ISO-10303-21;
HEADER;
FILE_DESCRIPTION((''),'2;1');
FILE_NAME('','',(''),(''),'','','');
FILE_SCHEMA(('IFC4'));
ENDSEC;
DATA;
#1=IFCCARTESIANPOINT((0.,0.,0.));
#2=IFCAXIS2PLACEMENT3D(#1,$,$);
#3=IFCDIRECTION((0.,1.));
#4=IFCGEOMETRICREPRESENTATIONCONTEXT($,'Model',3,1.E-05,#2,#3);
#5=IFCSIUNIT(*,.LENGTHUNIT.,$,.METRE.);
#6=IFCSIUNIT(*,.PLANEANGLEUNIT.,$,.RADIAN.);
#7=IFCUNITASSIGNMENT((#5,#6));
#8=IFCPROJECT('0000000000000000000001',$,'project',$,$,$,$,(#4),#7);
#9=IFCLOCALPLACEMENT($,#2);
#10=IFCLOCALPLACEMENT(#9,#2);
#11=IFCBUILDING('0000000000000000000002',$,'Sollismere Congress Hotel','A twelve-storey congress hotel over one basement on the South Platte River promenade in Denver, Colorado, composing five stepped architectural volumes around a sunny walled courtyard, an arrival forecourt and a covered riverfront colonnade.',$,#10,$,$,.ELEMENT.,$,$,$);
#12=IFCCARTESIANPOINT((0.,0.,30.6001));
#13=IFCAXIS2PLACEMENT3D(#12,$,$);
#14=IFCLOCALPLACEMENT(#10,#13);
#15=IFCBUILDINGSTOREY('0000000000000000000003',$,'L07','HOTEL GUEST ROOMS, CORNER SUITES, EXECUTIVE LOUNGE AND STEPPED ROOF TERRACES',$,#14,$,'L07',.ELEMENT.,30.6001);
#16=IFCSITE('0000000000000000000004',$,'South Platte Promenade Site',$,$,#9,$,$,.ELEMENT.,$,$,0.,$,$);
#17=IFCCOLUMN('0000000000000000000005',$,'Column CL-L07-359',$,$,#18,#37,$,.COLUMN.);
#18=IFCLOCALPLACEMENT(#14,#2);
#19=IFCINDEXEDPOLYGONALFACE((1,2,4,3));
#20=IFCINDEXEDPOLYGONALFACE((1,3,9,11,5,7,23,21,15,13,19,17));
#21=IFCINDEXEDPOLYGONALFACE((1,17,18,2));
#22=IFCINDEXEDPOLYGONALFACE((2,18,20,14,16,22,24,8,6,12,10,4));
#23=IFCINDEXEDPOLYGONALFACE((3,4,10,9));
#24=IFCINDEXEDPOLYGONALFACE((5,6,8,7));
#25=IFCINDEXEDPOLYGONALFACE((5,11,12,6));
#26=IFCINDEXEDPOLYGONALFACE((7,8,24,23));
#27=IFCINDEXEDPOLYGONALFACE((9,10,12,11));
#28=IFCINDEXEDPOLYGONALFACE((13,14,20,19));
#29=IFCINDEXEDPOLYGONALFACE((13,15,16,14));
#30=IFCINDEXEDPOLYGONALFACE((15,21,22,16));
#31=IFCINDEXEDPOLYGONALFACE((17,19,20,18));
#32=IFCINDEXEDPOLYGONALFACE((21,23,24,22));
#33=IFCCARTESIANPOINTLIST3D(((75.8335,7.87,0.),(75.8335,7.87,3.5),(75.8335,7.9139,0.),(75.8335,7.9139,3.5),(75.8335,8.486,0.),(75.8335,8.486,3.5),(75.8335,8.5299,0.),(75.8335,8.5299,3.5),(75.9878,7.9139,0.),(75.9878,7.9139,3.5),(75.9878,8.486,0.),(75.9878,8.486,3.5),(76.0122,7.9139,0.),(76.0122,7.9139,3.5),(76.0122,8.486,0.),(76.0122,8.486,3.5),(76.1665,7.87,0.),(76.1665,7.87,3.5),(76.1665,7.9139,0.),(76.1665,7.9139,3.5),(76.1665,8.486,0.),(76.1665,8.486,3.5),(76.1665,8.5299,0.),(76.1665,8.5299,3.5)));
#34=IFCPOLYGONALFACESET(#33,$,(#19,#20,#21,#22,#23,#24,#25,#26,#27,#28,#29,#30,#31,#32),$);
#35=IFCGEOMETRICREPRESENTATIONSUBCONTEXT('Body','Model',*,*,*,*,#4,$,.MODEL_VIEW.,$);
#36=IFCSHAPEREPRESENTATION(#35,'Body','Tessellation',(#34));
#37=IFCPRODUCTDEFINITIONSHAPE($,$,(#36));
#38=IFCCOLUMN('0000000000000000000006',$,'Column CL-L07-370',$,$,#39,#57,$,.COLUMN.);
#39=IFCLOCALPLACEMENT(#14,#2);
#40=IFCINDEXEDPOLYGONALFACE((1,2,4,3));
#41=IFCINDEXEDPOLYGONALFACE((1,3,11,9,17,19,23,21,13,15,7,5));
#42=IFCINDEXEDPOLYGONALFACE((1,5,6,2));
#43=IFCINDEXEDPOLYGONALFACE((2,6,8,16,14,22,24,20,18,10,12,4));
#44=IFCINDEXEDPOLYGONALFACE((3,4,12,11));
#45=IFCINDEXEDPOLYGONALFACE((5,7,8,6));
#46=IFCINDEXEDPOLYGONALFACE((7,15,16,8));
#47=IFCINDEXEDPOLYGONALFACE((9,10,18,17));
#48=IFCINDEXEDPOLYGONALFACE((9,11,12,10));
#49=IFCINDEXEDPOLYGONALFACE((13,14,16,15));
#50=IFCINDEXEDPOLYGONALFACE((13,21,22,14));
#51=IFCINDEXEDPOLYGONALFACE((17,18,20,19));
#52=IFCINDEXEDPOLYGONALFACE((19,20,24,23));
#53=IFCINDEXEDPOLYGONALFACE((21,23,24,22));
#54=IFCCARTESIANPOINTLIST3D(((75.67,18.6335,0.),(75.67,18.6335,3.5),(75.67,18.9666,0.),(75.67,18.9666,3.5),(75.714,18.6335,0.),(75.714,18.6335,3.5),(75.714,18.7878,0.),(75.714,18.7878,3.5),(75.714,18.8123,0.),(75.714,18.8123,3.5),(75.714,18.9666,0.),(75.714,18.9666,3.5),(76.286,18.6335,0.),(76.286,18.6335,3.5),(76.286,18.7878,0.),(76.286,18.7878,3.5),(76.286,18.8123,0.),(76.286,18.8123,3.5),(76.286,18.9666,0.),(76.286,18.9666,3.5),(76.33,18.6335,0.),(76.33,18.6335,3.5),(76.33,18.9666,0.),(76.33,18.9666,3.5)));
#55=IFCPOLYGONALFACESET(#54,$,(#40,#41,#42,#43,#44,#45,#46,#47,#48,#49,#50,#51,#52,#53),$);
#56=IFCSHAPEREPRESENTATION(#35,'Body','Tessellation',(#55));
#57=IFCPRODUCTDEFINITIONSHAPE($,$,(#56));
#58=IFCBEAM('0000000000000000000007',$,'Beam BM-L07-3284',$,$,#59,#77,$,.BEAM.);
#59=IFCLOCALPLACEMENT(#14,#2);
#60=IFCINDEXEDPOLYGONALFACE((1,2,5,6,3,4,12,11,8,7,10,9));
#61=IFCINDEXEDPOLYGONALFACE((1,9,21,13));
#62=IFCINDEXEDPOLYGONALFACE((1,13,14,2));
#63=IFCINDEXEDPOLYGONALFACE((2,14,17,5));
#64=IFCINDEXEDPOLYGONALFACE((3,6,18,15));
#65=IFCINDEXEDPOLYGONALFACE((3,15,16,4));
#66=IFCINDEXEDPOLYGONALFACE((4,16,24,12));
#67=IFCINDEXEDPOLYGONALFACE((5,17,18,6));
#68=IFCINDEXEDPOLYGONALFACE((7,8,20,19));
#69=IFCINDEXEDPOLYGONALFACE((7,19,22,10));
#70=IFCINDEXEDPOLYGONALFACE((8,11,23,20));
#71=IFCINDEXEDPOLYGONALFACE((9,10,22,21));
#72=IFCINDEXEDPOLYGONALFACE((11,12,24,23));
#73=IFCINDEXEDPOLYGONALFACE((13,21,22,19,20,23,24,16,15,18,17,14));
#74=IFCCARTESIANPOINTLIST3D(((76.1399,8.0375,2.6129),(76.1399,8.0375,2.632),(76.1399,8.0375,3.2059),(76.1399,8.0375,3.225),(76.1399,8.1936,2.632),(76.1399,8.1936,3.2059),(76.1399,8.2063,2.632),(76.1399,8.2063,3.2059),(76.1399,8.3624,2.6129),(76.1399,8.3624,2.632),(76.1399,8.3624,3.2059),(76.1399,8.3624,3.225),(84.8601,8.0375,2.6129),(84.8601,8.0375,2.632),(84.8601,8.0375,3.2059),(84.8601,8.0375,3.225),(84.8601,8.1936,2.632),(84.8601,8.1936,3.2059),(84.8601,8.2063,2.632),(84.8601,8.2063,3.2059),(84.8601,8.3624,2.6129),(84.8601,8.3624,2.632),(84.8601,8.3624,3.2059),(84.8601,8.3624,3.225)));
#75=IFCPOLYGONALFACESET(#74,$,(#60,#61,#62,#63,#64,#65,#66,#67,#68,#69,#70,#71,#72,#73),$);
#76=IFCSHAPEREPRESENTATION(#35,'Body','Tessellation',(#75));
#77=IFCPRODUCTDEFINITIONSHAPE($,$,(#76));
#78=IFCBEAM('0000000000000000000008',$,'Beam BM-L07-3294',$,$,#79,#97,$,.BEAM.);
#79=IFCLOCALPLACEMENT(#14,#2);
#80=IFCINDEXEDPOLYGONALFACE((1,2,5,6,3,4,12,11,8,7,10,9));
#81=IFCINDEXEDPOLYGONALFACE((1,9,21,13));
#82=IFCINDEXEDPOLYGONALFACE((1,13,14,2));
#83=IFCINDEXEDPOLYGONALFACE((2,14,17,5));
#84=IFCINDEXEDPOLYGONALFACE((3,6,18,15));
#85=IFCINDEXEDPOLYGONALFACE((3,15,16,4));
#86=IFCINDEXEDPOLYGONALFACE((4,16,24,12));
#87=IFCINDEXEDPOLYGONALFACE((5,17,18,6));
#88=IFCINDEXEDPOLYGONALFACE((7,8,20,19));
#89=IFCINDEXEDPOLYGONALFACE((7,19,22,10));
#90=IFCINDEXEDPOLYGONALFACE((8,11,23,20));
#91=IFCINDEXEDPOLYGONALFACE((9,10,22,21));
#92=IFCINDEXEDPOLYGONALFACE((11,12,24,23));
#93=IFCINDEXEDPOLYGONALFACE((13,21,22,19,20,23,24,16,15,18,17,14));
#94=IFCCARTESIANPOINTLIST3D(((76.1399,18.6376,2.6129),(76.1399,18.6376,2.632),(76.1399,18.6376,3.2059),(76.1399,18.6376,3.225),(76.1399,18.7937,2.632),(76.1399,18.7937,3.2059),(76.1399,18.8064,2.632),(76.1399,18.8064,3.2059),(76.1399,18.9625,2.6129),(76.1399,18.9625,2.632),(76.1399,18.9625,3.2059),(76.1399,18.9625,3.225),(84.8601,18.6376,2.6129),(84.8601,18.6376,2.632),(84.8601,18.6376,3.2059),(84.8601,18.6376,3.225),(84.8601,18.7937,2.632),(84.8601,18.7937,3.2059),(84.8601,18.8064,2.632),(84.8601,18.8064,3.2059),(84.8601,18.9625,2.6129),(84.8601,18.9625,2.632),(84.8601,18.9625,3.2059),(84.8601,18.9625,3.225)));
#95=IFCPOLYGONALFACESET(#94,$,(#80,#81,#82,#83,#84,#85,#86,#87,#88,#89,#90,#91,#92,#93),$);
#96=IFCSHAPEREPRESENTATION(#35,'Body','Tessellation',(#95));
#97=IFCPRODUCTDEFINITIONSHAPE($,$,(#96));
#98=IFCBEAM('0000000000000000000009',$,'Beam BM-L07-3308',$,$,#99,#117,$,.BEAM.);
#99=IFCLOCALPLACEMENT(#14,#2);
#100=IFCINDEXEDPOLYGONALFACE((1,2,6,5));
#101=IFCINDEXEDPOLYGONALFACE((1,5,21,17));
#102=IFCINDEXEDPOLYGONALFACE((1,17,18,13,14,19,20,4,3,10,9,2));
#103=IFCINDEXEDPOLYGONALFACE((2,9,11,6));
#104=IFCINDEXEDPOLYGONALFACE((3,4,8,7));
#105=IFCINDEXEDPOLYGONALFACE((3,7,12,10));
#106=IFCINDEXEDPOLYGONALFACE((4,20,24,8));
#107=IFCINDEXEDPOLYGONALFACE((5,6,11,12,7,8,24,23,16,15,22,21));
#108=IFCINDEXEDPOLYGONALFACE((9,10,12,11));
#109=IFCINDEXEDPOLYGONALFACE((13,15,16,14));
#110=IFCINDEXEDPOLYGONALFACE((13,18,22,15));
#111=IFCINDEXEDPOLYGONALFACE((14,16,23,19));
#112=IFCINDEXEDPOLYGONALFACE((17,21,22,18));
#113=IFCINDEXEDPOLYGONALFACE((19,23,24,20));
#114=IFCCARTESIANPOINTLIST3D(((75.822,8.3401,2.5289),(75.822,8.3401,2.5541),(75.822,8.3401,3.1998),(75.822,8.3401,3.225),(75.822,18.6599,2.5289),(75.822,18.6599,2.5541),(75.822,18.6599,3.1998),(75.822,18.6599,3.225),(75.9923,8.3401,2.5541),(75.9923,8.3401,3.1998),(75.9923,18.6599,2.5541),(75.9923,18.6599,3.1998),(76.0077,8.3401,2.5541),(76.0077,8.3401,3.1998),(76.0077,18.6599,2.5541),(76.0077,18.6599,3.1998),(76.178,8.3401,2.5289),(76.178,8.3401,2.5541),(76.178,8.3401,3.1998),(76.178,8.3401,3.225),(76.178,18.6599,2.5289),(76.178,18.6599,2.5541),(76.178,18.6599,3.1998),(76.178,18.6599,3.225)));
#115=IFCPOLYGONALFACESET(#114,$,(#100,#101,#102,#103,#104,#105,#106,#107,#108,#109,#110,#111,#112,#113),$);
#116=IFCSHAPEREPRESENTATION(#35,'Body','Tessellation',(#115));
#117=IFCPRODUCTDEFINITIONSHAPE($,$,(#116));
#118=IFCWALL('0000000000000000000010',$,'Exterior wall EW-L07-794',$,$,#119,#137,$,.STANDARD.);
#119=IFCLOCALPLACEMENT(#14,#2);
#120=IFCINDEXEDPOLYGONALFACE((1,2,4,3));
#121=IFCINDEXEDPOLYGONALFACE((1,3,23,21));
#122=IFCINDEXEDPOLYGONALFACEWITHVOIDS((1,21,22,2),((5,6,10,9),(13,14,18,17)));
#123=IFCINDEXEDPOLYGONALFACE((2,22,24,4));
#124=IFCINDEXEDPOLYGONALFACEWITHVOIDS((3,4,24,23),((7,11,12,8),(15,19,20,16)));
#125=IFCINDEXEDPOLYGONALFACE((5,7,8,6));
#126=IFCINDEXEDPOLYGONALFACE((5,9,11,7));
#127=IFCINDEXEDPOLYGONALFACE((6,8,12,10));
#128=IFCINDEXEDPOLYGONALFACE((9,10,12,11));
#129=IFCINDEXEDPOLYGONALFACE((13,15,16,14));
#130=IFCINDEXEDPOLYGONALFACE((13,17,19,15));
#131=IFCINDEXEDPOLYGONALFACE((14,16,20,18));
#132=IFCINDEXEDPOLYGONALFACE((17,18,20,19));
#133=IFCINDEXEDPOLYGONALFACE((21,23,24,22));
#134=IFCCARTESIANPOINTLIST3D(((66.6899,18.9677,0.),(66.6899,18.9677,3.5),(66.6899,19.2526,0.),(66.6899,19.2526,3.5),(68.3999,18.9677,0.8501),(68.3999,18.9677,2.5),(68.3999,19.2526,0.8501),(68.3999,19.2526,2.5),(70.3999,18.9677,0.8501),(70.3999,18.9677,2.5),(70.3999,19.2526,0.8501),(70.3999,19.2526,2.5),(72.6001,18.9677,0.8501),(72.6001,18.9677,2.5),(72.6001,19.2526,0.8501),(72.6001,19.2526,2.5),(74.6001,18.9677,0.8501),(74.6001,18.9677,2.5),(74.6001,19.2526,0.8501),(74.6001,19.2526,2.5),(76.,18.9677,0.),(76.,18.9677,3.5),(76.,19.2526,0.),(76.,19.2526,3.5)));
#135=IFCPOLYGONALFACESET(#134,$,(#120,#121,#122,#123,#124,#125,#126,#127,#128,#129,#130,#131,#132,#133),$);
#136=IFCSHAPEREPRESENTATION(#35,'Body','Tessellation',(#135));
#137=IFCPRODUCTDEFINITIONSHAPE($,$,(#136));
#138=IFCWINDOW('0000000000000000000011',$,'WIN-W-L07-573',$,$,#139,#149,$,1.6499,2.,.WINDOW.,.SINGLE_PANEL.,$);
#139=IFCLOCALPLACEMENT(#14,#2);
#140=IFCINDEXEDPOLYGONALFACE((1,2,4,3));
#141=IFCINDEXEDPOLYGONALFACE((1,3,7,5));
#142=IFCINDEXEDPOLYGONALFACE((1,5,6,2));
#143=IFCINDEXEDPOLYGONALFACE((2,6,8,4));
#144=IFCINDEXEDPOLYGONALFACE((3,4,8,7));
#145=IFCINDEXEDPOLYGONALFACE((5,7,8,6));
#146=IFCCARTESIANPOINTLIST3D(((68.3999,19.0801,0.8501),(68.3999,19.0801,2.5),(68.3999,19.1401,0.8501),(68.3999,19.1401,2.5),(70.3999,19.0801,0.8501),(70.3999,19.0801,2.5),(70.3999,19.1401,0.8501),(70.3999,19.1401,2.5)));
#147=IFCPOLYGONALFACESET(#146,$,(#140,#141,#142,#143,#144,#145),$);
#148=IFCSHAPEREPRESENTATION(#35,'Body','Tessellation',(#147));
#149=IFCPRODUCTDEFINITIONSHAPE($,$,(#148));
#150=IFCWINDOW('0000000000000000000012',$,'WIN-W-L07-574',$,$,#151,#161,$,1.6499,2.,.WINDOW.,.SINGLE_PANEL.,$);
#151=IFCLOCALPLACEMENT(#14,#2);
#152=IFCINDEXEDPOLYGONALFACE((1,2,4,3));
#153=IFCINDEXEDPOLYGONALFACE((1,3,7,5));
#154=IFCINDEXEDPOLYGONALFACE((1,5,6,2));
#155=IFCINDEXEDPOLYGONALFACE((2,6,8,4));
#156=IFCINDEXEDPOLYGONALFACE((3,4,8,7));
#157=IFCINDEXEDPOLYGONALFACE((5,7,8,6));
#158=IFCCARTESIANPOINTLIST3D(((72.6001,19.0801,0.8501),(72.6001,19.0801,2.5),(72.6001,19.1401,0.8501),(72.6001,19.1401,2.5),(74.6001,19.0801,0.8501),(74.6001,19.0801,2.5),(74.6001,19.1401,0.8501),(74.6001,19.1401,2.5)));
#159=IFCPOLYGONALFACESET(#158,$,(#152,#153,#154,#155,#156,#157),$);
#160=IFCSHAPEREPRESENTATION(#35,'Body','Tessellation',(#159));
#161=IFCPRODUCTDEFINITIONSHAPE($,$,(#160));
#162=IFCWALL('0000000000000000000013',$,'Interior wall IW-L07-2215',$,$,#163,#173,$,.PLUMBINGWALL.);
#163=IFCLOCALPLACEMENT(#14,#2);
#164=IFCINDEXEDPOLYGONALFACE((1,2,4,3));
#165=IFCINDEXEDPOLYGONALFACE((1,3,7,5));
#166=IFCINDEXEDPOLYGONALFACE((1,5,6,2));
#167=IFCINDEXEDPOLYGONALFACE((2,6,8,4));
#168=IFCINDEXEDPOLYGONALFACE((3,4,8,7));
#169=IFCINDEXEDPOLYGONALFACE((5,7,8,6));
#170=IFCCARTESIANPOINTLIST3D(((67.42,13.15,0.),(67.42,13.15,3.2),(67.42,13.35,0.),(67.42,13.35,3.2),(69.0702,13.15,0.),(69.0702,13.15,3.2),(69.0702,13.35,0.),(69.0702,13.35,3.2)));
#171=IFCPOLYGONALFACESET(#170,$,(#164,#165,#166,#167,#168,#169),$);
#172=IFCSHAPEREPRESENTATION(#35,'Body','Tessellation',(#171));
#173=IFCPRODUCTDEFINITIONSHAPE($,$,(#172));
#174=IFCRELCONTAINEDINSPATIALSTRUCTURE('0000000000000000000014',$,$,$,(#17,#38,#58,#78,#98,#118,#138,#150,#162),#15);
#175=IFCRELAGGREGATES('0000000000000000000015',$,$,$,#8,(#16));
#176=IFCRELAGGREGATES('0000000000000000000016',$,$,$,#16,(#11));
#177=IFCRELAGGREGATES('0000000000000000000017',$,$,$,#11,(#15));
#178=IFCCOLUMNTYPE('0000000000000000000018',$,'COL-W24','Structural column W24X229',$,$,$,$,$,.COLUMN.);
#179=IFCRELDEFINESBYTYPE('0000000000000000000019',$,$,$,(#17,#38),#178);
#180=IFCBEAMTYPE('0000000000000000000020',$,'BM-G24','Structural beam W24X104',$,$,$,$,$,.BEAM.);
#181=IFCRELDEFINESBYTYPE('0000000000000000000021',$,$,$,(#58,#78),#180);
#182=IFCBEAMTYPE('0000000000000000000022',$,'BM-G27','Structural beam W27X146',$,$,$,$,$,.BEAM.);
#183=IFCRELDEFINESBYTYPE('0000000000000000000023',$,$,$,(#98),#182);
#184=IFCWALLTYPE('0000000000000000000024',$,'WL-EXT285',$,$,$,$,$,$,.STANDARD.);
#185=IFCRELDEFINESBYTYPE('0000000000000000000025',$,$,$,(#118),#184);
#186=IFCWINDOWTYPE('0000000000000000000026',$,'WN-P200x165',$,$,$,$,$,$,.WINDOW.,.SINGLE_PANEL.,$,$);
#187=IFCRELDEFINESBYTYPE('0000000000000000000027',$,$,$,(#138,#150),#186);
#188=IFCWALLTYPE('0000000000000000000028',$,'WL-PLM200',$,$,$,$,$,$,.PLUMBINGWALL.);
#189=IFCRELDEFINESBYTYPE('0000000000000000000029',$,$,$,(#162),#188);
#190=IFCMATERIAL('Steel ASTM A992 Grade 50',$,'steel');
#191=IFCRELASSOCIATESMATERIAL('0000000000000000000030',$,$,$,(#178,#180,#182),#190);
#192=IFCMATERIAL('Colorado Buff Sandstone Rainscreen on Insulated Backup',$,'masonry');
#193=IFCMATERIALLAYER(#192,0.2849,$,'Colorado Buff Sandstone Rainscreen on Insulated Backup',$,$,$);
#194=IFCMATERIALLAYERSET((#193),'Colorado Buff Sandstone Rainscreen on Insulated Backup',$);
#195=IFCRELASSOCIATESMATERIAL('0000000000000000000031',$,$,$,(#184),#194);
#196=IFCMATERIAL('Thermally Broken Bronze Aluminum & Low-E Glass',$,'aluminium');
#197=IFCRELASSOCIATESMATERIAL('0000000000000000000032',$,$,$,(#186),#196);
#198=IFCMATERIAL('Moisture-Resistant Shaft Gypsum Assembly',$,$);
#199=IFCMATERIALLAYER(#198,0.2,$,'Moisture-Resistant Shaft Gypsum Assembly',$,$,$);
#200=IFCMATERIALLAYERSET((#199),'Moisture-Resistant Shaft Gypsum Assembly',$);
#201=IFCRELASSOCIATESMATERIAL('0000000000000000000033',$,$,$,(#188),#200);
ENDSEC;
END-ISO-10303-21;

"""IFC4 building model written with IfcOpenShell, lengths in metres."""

from ifc_helpers import new_model, si_unit, direction, frame, frame_2d, origin, origin_2d, place, context, subcontext, project, spatial, rectangle, i_section, extrude, material, layer, layer_set, material_profile, profile_set, type_object, element, fill, save


model = new_model("IFC4")

# Units and contexts
model_context = context("Model", 3, precision=1e-05, world=origin(), true_north=direction((0.0, 1.0)))
body_context = subcontext(model_context, "Body", "Model", "MODEL_VIEW")
ifc_project = project(units=[si_unit("LENGTHUNIT", "METRE"), si_unit("PLANEANGLEUNIT", "RADIAN")], contexts=[model_context])

# Site, building, storey
site_placement = place(None, origin())
site = spatial("IfcSite", under=ifc_project, at=site_placement, Name="South Platte Promenade Site", CompositionType="ELEMENT", RefElevation=0.0)
building_placement = place(site_placement, origin())
building = spatial("IfcBuilding", under=site, at=building_placement, Name="Sollismere Congress Hotel", Description="A twelve-storey congress hotel over one basement on the South Platte River promenade in Denver, Colorado, composing five stepped architectural volumes around a sunny walled courtyard, an arrival forecourt and a covered riverfront colonnade.", CompositionType="ELEMENT")
storey_placement = place(building_placement, frame((0.0, 0.0, 30.6001)))
storey = spatial("IfcBuildingStorey", under=building, at=storey_placement, Name="L07", Description="HOTEL GUEST ROOMS, CORNER SUITES, EXECUTIVE LOUNGE AND STEPPED ROOF TERRACES", LongName="L07", CompositionType="ELEMENT", Elevation=30.6001)

# Columns
ifc_material_1 = material(Name="Steel ASTM A992 Grade 50", Category="steel")
ifc_material_profile_1 = material_profile(ifc_material_1, i_section(OverallWidth=0.333, OverallDepth=0.6599, WebThickness=0.0244, FlangeThickness=0.0439, at=origin_2d()), Name="W24X229")
ifc_profile_set_1 = profile_set([ifc_material_profile_1], Name="Steel ASTM A992 Grade 50")
column_type = type_object("IfcColumnType", Name="COL-W24", Description="Structural column W24X229", PredefinedType="COLUMN", material=ifc_profile_set_1)
for number, where, z_axis, x_axis, name in (
    (1, (76.0, 8.2, 0.0), (0.0, 0.0, 1.0), (1.0, 0.0, 0.0), "Column CL-L07-359"),
    (2, (76.0, 18.8, 0.0), (0.0, 0.0, 1.0), (0.0, 1.0, 0.0), "Column CL-L07-370"),
):
    element("IfcColumn", number, at=place(storey_placement, frame(where, z_axis=z_axis, x_axis=x_axis)), inside=storey, type_object=column_type, Name=name, PredefinedType="COLUMN", context=body_context, shape_type="SweptSolid", body=[
        extrude(i_section(OverallWidth=0.333, OverallDepth=0.6599, WebThickness=0.0244, FlangeThickness=0.0439, at=origin_2d()), origin(), (0.0, 0.0, 1.0), 3.5),
    ])

# Beams
ifc_material_profile_2 = material_profile(ifc_material_1, i_section(OverallWidth=0.325, OverallDepth=0.6121, WebThickness=0.0127, FlangeThickness=0.019, at=origin_2d()), Name="W24X104")
ifc_profile_set_2 = profile_set([ifc_material_profile_2], Name="Steel ASTM A992 Grade 50")
beam_type_1 = type_object("IfcBeamType", Name="BM-G24", Description="Structural beam W24X104", PredefinedType="BEAM", material=ifc_profile_set_2)
for number, where, z_axis, x_axis, name in (
    (3, (76.1399, 8.2, 2.9189), (1.0, 0.0, 0.0), (0.0, 1.0, 0.0), "Beam BM-L07-3284"),
    (4, (76.1399, 18.8, 2.9189), (1.0, 0.0, 0.0), (0.0, 1.0, 0.0), "Beam BM-L07-3294"),
):
    element("IfcBeam", number, at=place(storey_placement, frame(where, z_axis=z_axis, x_axis=x_axis)), inside=storey, type_object=beam_type_1, Name=name, PredefinedType="BEAM", context=body_context, shape_type="SweptSolid", body=[
        extrude(i_section(OverallWidth=0.325, OverallDepth=0.6121, WebThickness=0.0127, FlangeThickness=0.019, at=origin_2d()), origin(), (0.0, 0.0, 1.0), 8.7202),
    ])
ifc_material_profile_3 = material_profile(ifc_material_1, i_section(OverallWidth=0.356, OverallDepth=0.696, WebThickness=0.0154, FlangeThickness=0.0251, at=origin_2d()), Name="W27X146")
ifc_profile_set_3 = profile_set([ifc_material_profile_3], Name="Steel ASTM A992 Grade 50")
beam_type_2 = type_object("IfcBeamType", Name="BM-G27", Description="Structural beam W27X146", PredefinedType="BEAM", material=ifc_profile_set_3)
beam_placement = place(storey_placement, frame((76.0, 8.3401, 2.877), z_axis=(0.0, 1.0, 0.0), x_axis=(-1.0, 0.0, 0.0)))
element("IfcBeam", 5, at=beam_placement, inside=storey, type_object=beam_type_2, Name="Beam BM-L07-3308", PredefinedType="BEAM", context=body_context, shape_type="SweptSolid", body=[
    extrude(i_section(OverallWidth=0.356, OverallDepth=0.696, WebThickness=0.0154, FlangeThickness=0.0251, at=origin_2d()), origin(), (0.0, 0.0, 1.0), 10.3198),
])

# Wall, openings, windows
ifc_material_2 = material(Name="Colorado Buff Sandstone Rainscreen on Insulated Backup", Category="masonry")
ifc_layer_1 = layer(ifc_material_2, 0.2849, Name="Colorado Buff Sandstone Rainscreen on Insulated Backup")
ifc_layer_set_1 = layer_set([ifc_layer_1], Name="Colorado Buff Sandstone Rainscreen on Insulated Backup")
wall_type_1 = type_object("IfcWallType", Name="WL-EXT285", PredefinedType="STANDARD", material=ifc_layer_set_1)
wall_1_placement = place(storey_placement, frame((76.0, 19.1101, 0.0), z_axis=(0.0, 0.0, 1.0), x_axis=(-1.0, 0.0, 0.0)))
wall_1 = element("IfcWall", 6, at=wall_1_placement, inside=storey, type_object=wall_type_1, Name="Exterior wall EW-L07-794", PredefinedType="STANDARD", context=body_context, shape_type="SweptSolid", body=[
    extrude(rectangle(XDim=9.3101, YDim=0.2849, at=frame_2d((4.655, 0.0))), origin(), (0.0, 0.0, 1.0), 3.5),
])
opening_1_placement = place(wall_1_placement, frame((5.6001, 0.0, 0.8501)))
opening_1 = element("IfcOpeningElement", 7, at=opening_1_placement, cuts=wall_1, PredefinedType="OPENING", context=body_context, shape_type="SweptSolid", body=[
    extrude(rectangle(XDim=2.0, YDim=1.6499, at=frame_2d((1.0, 0.825))), frame((0.0, 0.1523, 0.0), z_axis=(0.0, -1.0, 0.0), x_axis=(1.0, 0.0, 0.0)), (0.0, 0.0, 1.0), 0.3049),
])
opening_2_placement = place(wall_1_placement, frame((1.3999, 0.0, 0.8501)))
opening_2 = element("IfcOpeningElement", 8, at=opening_2_placement, cuts=wall_1, PredefinedType="OPENING", context=body_context, shape_type="SweptSolid", body=[
    extrude(rectangle(XDim=2.0, YDim=1.6499, at=frame_2d((1.0, 0.825))), frame((0.0, 0.1523, 0.0), z_axis=(0.0, -1.0, 0.0), x_axis=(1.0, 0.0, 0.0)), (0.0, 0.0, 1.0), 0.3049),
])
ifc_material_3 = material(Name="Thermally Broken Bronze Aluminum & Low-E Glass", Category="aluminium")
window_type = type_object("IfcWindowType", Name="WN-P200x165", PartitioningType="SINGLE_PANEL", PredefinedType="WINDOW", material=ifc_material_3)
window_1_placement = place(opening_1_placement, origin())
window_1 = element("IfcWindow", 9, at=window_1_placement, inside=storey, type_object=window_type, Name="WIN-W-L07-573", OverallHeight=1.6499, OverallWidth=2.0, PartitioningType="SINGLE_PANEL", PredefinedType="WINDOW", context=body_context, shape_type="SweptSolid", body=[
    extrude(rectangle(XDim=2.0, YDim=1.6499, at=frame_2d((1.0, 0.825))), frame((0.0, 0.03, 0.0), z_axis=(0.0, -1.0, 0.0), x_axis=(1.0, 0.0, 0.0)), (0.0, 0.0, 1.0), 0.0601),
])
fill(opening_1, window_1)
window_2_placement = place(opening_2_placement, origin())
window_2 = element("IfcWindow", 10, at=window_2_placement, inside=storey, type_object=window_type, Name="WIN-W-L07-574", OverallHeight=1.6499, OverallWidth=2.0, PartitioningType="SINGLE_PANEL", PredefinedType="WINDOW", context=body_context, shape_type="SweptSolid", body=[
    extrude(rectangle(XDim=2.0, YDim=1.6499, at=frame_2d((1.0, 0.825))), frame((0.0, 0.03, 0.0), z_axis=(0.0, -1.0, 0.0), x_axis=(1.0, 0.0, 0.0)), (0.0, 0.0, 1.0), 0.0601),
])
fill(opening_2, window_2)

# Wall
ifc_material_4 = material(Name="Moisture-Resistant Shaft Gypsum Assembly")
ifc_layer_2 = layer(ifc_material_4, 0.2, Name="Moisture-Resistant Shaft Gypsum Assembly")
ifc_layer_set_2 = layer_set([ifc_layer_2], Name="Moisture-Resistant Shaft Gypsum Assembly")
wall_type_2 = type_object("IfcWallType", Name="WL-PLM200", PredefinedType="PLUMBINGWALL", material=ifc_layer_set_2)
wall_2_placement = place(storey_placement, frame((67.4199, 13.25, 0.0), z_axis=(0.0, 0.0, 1.0), x_axis=(1.0, 0.0, 0.0)))
element("IfcWall", 11, at=wall_2_placement, inside=storey, type_object=wall_type_2, Name="Interior wall IW-L07-2215", PredefinedType="PLUMBINGWALL", context=body_context, shape_type="SweptSolid", body=[
    extrude(rectangle(XDim=1.6501, YDim=0.2, at=frame_2d((0.8252, 0.0))), origin(), (0.0, 0.0, 1.0), 3.2),
])

save(model, "model.ifc")
